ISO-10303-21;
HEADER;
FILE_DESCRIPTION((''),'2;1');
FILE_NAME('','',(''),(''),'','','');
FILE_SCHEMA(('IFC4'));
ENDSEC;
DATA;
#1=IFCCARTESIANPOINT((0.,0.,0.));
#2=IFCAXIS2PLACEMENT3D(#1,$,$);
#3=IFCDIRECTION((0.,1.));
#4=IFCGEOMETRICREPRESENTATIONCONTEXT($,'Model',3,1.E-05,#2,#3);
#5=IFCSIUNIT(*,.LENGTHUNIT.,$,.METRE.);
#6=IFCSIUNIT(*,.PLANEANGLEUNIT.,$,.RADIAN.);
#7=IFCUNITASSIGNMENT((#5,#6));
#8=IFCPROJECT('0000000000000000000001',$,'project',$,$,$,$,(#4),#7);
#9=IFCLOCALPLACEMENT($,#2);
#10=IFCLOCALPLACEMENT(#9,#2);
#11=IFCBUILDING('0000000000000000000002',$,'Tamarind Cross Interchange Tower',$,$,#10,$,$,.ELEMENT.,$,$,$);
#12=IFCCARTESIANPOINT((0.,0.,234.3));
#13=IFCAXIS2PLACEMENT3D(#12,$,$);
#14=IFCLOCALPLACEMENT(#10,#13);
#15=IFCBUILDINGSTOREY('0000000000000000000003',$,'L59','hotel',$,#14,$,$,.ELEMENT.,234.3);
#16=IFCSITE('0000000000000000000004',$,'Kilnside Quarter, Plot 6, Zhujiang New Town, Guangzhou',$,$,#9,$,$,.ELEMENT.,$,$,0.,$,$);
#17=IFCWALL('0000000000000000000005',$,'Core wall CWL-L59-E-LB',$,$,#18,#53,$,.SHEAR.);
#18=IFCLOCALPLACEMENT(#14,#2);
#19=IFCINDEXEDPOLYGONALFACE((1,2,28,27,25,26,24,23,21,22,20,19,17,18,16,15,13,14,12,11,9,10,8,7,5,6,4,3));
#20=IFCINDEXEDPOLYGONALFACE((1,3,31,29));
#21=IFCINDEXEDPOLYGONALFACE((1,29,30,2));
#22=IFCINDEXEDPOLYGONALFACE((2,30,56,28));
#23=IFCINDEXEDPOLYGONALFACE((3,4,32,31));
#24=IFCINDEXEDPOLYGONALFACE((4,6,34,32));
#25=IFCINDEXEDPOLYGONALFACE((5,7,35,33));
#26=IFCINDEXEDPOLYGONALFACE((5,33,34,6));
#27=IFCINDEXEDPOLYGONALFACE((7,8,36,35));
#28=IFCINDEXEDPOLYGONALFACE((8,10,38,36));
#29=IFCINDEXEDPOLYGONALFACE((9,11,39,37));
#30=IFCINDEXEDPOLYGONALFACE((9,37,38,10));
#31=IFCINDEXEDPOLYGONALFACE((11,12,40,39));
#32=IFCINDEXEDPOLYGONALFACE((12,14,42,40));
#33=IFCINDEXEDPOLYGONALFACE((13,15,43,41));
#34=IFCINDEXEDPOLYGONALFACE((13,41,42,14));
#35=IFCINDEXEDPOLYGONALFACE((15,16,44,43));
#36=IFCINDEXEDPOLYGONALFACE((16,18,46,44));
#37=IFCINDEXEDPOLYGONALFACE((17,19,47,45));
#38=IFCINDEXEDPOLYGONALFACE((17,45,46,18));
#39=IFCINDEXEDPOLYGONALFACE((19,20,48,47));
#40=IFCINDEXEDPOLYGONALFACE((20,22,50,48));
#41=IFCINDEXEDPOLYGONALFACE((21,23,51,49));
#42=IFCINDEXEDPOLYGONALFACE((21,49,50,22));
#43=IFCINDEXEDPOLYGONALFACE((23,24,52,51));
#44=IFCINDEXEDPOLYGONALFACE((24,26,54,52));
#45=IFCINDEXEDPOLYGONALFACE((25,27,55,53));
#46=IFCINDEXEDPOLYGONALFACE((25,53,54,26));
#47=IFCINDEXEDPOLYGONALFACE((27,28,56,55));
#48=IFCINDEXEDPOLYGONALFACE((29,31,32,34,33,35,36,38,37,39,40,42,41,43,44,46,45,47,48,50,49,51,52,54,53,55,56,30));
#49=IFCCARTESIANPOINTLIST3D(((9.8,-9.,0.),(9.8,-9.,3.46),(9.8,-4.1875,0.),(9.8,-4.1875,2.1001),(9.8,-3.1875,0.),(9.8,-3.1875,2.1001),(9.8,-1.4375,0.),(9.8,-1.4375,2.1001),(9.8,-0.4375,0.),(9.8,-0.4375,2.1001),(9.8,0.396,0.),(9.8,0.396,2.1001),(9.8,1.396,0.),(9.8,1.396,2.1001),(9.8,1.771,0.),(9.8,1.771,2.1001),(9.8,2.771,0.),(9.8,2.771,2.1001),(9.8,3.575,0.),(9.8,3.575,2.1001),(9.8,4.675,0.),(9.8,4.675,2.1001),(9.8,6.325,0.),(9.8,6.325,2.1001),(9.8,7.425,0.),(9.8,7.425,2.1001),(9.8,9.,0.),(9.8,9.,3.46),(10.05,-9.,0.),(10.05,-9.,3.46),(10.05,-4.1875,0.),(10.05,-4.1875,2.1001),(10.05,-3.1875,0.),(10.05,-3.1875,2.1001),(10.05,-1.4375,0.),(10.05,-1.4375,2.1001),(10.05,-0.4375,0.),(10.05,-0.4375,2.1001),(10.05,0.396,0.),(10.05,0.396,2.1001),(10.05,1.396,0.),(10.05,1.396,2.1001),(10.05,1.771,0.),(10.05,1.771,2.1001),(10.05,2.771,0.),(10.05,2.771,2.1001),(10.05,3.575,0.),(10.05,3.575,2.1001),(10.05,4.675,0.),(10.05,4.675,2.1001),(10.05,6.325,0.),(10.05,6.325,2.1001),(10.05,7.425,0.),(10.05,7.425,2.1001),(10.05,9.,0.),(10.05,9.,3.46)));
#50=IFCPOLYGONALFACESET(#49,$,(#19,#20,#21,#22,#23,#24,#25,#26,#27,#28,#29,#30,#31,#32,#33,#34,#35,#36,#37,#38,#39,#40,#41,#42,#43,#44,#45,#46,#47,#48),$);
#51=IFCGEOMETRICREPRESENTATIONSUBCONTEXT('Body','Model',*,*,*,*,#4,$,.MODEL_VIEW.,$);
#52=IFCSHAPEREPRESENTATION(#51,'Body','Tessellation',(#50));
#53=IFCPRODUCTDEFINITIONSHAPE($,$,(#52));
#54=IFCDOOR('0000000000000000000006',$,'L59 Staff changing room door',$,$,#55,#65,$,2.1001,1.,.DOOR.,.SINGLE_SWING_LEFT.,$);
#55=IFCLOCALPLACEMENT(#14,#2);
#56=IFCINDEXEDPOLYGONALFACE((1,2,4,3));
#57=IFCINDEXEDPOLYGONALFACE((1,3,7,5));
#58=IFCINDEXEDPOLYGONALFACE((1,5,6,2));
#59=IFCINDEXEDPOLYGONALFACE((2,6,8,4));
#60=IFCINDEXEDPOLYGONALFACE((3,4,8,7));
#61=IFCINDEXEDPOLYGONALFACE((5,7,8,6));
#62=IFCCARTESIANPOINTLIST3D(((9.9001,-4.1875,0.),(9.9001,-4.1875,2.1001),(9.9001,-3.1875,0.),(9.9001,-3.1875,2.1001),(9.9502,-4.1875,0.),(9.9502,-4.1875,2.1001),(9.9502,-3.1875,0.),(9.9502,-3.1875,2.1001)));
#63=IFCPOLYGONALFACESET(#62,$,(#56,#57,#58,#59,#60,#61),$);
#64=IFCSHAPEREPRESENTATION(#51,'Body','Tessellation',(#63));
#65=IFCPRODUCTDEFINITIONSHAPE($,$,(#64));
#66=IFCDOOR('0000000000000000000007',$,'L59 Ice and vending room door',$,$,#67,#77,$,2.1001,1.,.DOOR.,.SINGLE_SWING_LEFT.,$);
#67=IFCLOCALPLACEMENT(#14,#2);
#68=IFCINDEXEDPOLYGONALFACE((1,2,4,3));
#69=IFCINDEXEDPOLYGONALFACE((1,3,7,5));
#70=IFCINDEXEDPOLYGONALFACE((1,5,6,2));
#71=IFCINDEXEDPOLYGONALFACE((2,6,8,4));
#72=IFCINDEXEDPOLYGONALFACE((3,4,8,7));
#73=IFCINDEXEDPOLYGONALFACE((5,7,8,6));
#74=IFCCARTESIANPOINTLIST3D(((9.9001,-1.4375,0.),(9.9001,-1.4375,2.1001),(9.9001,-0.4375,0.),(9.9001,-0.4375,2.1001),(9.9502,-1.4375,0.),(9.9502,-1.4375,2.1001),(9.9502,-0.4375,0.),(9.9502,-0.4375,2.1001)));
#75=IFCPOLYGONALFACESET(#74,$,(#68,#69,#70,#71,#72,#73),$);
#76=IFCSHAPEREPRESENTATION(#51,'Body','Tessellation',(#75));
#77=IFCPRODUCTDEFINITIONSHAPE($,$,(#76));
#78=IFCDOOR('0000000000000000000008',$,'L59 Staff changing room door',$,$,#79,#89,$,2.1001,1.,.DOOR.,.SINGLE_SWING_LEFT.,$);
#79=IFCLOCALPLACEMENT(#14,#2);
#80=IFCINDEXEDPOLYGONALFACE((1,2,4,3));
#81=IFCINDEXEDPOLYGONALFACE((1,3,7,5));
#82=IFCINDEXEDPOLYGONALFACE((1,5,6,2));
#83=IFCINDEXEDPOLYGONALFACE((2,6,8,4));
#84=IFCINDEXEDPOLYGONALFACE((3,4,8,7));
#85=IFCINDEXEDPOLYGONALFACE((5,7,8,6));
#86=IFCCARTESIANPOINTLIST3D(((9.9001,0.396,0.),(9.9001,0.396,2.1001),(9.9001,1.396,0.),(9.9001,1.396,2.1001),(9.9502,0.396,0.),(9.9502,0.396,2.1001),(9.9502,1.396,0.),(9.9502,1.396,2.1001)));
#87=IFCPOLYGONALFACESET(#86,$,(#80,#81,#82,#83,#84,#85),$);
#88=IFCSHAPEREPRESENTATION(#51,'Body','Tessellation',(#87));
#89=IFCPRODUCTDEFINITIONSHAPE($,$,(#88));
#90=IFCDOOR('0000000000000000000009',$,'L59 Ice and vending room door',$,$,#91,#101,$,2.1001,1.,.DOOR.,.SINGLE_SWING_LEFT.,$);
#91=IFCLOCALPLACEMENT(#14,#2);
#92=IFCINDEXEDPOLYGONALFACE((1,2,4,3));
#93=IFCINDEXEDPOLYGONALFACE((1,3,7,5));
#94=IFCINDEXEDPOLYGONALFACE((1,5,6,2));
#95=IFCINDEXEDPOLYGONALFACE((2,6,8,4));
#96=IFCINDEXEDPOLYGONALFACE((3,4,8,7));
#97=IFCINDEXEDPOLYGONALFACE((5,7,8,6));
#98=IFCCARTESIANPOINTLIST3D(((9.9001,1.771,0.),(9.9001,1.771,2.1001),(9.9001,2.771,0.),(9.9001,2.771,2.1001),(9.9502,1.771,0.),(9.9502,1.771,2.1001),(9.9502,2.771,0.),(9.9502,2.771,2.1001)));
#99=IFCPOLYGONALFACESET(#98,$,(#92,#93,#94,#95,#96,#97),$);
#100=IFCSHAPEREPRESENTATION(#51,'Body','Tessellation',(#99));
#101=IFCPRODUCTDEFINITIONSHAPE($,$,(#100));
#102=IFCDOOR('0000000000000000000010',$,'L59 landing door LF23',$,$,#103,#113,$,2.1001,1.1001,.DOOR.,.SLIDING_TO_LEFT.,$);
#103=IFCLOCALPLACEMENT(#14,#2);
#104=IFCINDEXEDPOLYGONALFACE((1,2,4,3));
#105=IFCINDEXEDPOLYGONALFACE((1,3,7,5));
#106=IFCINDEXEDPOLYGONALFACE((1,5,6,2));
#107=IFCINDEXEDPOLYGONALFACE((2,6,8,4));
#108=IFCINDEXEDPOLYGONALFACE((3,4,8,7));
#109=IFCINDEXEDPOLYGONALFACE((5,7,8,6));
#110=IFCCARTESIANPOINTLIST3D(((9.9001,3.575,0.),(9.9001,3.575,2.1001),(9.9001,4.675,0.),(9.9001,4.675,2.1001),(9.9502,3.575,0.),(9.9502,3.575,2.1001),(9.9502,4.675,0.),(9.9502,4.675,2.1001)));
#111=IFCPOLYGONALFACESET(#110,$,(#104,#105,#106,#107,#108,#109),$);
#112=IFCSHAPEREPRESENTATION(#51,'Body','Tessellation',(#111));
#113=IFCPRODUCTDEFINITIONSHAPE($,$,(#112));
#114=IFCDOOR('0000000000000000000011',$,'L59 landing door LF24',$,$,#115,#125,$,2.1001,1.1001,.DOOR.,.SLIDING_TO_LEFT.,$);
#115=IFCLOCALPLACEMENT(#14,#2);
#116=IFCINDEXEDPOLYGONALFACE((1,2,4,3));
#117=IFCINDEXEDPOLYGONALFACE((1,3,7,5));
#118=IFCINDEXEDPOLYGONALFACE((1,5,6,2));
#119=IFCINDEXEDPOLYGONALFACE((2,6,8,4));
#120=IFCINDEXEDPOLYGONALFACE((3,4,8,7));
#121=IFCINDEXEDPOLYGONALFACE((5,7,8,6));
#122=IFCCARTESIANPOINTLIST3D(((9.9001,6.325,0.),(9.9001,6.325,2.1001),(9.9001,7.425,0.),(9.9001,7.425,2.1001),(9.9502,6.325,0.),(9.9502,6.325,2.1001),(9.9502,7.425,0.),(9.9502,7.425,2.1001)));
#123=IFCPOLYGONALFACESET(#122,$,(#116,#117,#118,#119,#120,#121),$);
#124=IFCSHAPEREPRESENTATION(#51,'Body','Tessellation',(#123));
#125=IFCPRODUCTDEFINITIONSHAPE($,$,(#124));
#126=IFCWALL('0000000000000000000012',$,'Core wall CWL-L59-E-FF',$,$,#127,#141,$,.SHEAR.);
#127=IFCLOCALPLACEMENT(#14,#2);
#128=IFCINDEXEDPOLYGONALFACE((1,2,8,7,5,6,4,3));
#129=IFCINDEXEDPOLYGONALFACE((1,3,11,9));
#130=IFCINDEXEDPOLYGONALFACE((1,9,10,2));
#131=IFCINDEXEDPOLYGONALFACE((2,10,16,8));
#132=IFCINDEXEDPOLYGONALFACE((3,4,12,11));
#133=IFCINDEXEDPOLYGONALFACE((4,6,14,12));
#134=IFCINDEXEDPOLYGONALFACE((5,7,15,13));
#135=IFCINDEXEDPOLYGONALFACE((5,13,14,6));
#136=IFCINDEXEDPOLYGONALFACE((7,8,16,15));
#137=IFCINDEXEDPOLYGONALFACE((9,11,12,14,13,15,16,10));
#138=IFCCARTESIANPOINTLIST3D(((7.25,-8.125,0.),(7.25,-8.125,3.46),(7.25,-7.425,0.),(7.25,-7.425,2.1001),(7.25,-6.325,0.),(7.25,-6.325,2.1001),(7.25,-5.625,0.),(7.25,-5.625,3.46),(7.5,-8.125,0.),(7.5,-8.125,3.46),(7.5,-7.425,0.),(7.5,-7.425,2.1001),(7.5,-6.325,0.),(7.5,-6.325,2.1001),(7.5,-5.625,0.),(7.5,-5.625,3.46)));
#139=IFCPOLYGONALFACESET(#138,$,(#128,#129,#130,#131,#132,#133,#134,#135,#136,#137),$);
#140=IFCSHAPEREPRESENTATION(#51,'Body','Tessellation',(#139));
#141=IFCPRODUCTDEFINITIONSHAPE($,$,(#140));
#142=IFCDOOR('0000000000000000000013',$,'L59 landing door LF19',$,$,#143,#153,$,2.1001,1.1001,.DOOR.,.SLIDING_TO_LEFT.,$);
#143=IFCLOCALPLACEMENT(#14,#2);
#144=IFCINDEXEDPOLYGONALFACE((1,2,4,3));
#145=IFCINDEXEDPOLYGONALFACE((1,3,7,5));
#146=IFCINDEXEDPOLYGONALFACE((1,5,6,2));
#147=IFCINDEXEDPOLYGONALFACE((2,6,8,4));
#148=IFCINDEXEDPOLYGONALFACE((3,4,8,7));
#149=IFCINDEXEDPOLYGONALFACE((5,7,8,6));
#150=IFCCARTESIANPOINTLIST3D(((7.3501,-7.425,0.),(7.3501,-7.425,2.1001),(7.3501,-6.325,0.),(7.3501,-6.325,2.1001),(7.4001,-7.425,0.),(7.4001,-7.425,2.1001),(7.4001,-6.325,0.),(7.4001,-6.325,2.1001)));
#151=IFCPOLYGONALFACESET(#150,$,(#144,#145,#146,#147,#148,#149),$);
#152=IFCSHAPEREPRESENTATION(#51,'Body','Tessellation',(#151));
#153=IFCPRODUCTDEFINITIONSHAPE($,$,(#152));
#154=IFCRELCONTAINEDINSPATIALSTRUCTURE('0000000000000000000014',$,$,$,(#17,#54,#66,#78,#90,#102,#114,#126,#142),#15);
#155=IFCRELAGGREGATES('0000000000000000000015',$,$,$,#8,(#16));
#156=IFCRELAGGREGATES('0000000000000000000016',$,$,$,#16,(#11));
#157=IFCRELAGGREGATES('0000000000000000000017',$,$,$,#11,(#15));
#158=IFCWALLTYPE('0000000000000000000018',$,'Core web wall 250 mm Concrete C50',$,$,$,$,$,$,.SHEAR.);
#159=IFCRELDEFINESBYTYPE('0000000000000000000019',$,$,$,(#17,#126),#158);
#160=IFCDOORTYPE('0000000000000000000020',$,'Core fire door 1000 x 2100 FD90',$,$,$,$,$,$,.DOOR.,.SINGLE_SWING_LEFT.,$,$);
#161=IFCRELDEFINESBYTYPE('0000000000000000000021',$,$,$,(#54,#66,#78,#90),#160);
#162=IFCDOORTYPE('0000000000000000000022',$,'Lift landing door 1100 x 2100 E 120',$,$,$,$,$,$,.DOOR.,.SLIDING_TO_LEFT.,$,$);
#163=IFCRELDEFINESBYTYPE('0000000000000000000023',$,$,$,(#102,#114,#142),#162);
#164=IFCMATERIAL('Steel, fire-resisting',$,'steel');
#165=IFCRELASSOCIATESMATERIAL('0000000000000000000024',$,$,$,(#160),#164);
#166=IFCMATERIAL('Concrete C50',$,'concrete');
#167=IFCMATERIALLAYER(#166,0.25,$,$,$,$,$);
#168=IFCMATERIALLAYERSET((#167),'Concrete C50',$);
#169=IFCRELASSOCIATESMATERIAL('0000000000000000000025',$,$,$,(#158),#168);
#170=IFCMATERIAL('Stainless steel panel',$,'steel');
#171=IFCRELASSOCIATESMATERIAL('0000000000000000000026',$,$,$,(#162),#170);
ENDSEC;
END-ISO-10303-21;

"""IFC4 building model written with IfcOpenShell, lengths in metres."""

from ifc_helpers import new_model, si_unit, direction, frame, frame_2d, origin, place, context, subcontext, project, spatial, rectangle, extrude, material, layer, layer_set, type_object, element, fill, save


model = new_model("IFC4")

# Units and contexts
model_context = context("Model", 3, precision=1e-05, world=origin(), true_north=direction((0.0, 1.0)))
body_context = subcontext(model_context, "Body", "Model", "MODEL_VIEW")
ifc_project = project(units=[si_unit("LENGTHUNIT", "METRE"), si_unit("PLANEANGLEUNIT", "RADIAN")], contexts=[model_context])

# Site, building, storey
site_placement = place(None, origin())
site = spatial("IfcSite", under=ifc_project, at=site_placement, Name="Kilnside Quarter, Plot 6, Zhujiang New Town, Guangzhou", CompositionType="ELEMENT", RefElevation=0.0)
building_placement = place(site_placement, origin())
building = spatial("IfcBuilding", under=site, at=building_placement, Name="Tamarind Cross Interchange Tower", CompositionType="ELEMENT")
storey_placement = place(building_placement, frame((0.0, 0.0, 234.3)))
storey = spatial("IfcBuildingStorey", under=building, at=storey_placement, Name="L59", Description="hotel", CompositionType="ELEMENT", Elevation=234.3)

# Shared definitions
ifc_material_1 = material(Name="Concrete C50", Category="concrete")
ifc_material_2 = material(Name="Steel, fire-resisting", Category="steel")
door_type_1 = type_object("IfcDoorType", Name="Core fire door 1000 x 2100 FD90", OperationType="SINGLE_SWING_LEFT", PredefinedType="DOOR", material=ifc_material_2)

# Shared definitions
ifc_layer_1 = layer(ifc_material_1, 0.25)
ifc_layer_set_1 = layer_set([ifc_layer_1], Name="Concrete C50")
wall_type_1 = type_object("IfcWallType", Name="Core web wall 250 mm Concrete C50", PredefinedType="SHEAR", material=ifc_layer_set_1)

# Wall, openings, doors
wall_1_placement = place(storey_placement, frame((9.925, -9.0, 0.0), z_axis=(0.0, 0.0, 1.0), x_axis=(0.0, 1.0, 0.0)))
wall_1 = element("IfcWall", 1, at=wall_1_placement, inside=storey, type_object=wall_type_1, Name="Core wall CWL-L59-E-LB", PredefinedType="SHEAR", context=body_context, shape_type="SweptSolid", body=[
    extrude(rectangle(XDim=18.0, YDim=0.25, at=frame_2d((9.0, 0.0))), origin(), (0.0, 0.0, 1.0), 3.46),
])
opening_1_placement = place(wall_1_placement, frame((12.575, 0.0, 0.0)))
opening_1 = element("IfcOpeningElement", 2, at=opening_1_placement, cuts=wall_1, PredefinedType="OPENING", context=body_context, shape_type="SweptSolid", body=[
    extrude(rectangle(XDim=1.1001, YDim=2.1001, at=frame_2d((0.55, 1.05))), frame((0.0, 0.135, 0.0), z_axis=(0.0, -1.0, 0.0), x_axis=(1.0, 0.0, 0.0)), (0.0, 0.0, 1.0), 0.27),
])
opening_2_placement = place(wall_1_placement, frame((15.325, 0.0, 0.0)))
opening_2 = element("IfcOpeningElement", 3, at=opening_2_placement, cuts=wall_1, PredefinedType="OPENING", context=body_context, shape_type="SweptSolid", body=[
    extrude(rectangle(XDim=1.1001, YDim=2.1001, at=frame_2d((0.55, 1.05))), frame((0.0, 0.135, 0.0), z_axis=(0.0, -1.0, 0.0), x_axis=(1.0, 0.0, 0.0)), (0.0, 0.0, 1.0), 0.27),
])
opening_3_placement = place(wall_1_placement, frame((4.8125, 0.0, 0.0)))
opening_3 = element("IfcOpeningElement", 4, at=opening_3_placement, cuts=wall_1, PredefinedType="OPENING", context=body_context, shape_type="SweptSolid", body=[
    extrude(rectangle(XDim=1.0, YDim=2.1001, at=frame_2d((0.5, 1.05))), frame((0.0, 0.135, 0.0), z_axis=(0.0, -1.0, 0.0), x_axis=(1.0, 0.0, 0.0)), (0.0, 0.0, 1.0), 0.27),
])
opening_4_placement = place(wall_1_placement, frame((7.5625, 0.0, 0.0)))
opening_4 = element("IfcOpeningElement", 5, at=opening_4_placement, cuts=wall_1, PredefinedType="OPENING", context=body_context, shape_type="SweptSolid", body=[
    extrude(rectangle(XDim=1.0, YDim=2.1001, at=frame_2d((0.5, 1.05))), frame((0.0, 0.135, 0.0), z_axis=(0.0, -1.0, 0.0), x_axis=(1.0, 0.0, 0.0)), (0.0, 0.0, 1.0), 0.27),
])
opening_5_placement = place(wall_1_placement, frame((9.396, 0.0, 0.0)))
opening_5 = element("IfcOpeningElement", 6, at=opening_5_placement, cuts=wall_1, PredefinedType="OPENING", context=body_context, shape_type="SweptSolid", body=[
    extrude(rectangle(XDim=1.0, YDim=2.1001, at=frame_2d((0.5, 1.05))), frame((0.0, 0.135, 0.0), z_axis=(0.0, -1.0, 0.0), x_axis=(1.0, 0.0, 0.0)), (0.0, 0.0, 1.0), 0.27),
])
opening_6_placement = place(wall_1_placement, frame((10.771, 0.0, 0.0)))
opening_6 = element("IfcOpeningElement", 7, at=opening_6_placement, cuts=wall_1, PredefinedType="OPENING", context=body_context, shape_type="SweptSolid", body=[
    extrude(rectangle(XDim=1.0, YDim=2.1001, at=frame_2d((0.5, 1.05))), frame((0.0, 0.135, 0.0), z_axis=(0.0, -1.0, 0.0), x_axis=(1.0, 0.0, 0.0)), (0.0, 0.0, 1.0), 0.27),
])
door_1_placement = place(opening_3_placement, origin())
door_1 = element("IfcDoor", 8, at=door_1_placement, inside=storey, type_object=door_type_1, Name="L59 Staff changing room door", OperationType="SINGLE_SWING_LEFT", OverallHeight=2.1001, OverallWidth=1.0, PredefinedType="DOOR", context=body_context, shape_type="SweptSolid", body=[
    extrude(rectangle(XDim=1.0, YDim=2.1001, at=frame_2d((0.5, 1.05))), frame((0.0, 0.0249, 0.0), z_axis=(0.0, -1.0, 0.0), x_axis=(1.0, 0.0, 0.0)), (0.0, 0.0, 1.0), 0.05),
])
fill(opening_3, door_1)
door_2_placement = place(opening_4_placement, origin())
door_2 = element("IfcDoor", 9, at=door_2_placement, inside=storey, type_object=door_type_1, Name="L59 Ice and vending room door", OperationType="SINGLE_SWING_LEFT", OverallHeight=2.1001, OverallWidth=1.0, PredefinedType="DOOR", context=body_context, shape_type="SweptSolid", body=[
    extrude(rectangle(XDim=1.0, YDim=2.1001, at=frame_2d((0.5, 1.05))), frame((0.0, 0.0249, 0.0), z_axis=(0.0, -1.0, 0.0), x_axis=(1.0, 0.0, 0.0)), (0.0, 0.0, 1.0), 0.05),
])
fill(opening_4, door_2)
door_3_placement = place(opening_5_placement, origin())
door_3 = element("IfcDoor", 10, at=door_3_placement, inside=storey, type_object=door_type_1, Name="L59 Staff changing room door", OperationType="SINGLE_SWING_LEFT", OverallHeight=2.1001, OverallWidth=1.0, PredefinedType="DOOR", context=body_context, shape_type="SweptSolid", body=[
    extrude(rectangle(XDim=1.0, YDim=2.1001, at=frame_2d((0.5, 1.05))), frame((0.0, 0.0249, 0.0), z_axis=(0.0, -1.0, 0.0), x_axis=(1.0, 0.0, 0.0)), (0.0, 0.0, 1.0), 0.05),
])
fill(opening_5, door_3)
door_4_placement = place(opening_6_placement, origin())
door_4 = element("IfcDoor", 11, at=door_4_placement, inside=storey, type_object=door_type_1, Name="L59 Ice and vending room door", OperationType="SINGLE_SWING_LEFT", OverallHeight=2.1001, OverallWidth=1.0, PredefinedType="DOOR", context=body_context, shape_type="SweptSolid", body=[
    extrude(rectangle(XDim=1.0, YDim=2.1001, at=frame_2d((0.5, 1.05))), frame((0.0, 0.0249, 0.0), z_axis=(0.0, -1.0, 0.0), x_axis=(1.0, 0.0, 0.0)), (0.0, 0.0, 1.0), 0.05),
])
fill(opening_6, door_4)
ifc_material_3 = material(Name="Stainless steel panel", Category="steel")
door_type_2 = type_object("IfcDoorType", Name="Lift landing door 1100 x 2100 E 120", OperationType="SLIDING_TO_LEFT", PredefinedType="DOOR", material=ifc_material_3)
door_5_placement = place(opening_1_placement, origin())
door_5 = element("IfcDoor", 12, at=door_5_placement, inside=storey, type_object=door_type_2, Name="L59 landing door LF23", OperationType="SLIDING_TO_LEFT", OverallHeight=2.1001, OverallWidth=1.1001, PredefinedType="DOOR", context=body_context, shape_type="SweptSolid", body=[
    extrude(rectangle(XDim=1.1001, YDim=2.1001, at=frame_2d((0.55, 1.05))), frame((0.0, 0.0249, 0.0), z_axis=(0.0, -1.0, 0.0), x_axis=(1.0, 0.0, 0.0)), (0.0, 0.0, 1.0), 0.05),
])
fill(opening_1, door_5)
door_6_placement = place(opening_2_placement, origin())
door_6 = element("IfcDoor", 13, at=door_6_placement, inside=storey, type_object=door_type_2, Name="L59 landing door LF24", OperationType="SLIDING_TO_LEFT", OverallHeight=2.1001, OverallWidth=1.1001, PredefinedType="DOOR", context=body_context, shape_type="SweptSolid", body=[
    extrude(rectangle(XDim=1.1001, YDim=2.1001, at=frame_2d((0.55, 1.05))), frame((0.0, 0.0249, 0.0), z_axis=(0.0, -1.0, 0.0), x_axis=(1.0, 0.0, 0.0)), (0.0, 0.0, 1.0), 0.05),
])
fill(opening_2, door_6)

# Wall, opening, door
wall_2_placement = place(storey_placement, frame((7.375, -8.125, 0.0), z_axis=(0.0, 0.0, 1.0), x_axis=(0.0, 1.0, 0.0)))
wall_2 = element("IfcWall", 14, at=wall_2_placement, inside=storey, type_object=wall_type_1, Name="Core wall CWL-L59-E-FF", PredefinedType="SHEAR", context=body_context, shape_type="SweptSolid", body=[
    extrude(rectangle(XDim=2.5, YDim=0.25, at=frame_2d((1.25, 0.0))), origin(), (0.0, 0.0, 1.0), 3.46),
])
opening_7_placement = place(wall_2_placement, frame((0.7, 0.0, 0.0)))
opening_7 = element("IfcOpeningElement", 15, at=opening_7_placement, cuts=wall_2, PredefinedType="OPENING", context=body_context, shape_type="SweptSolid", body=[
    extrude(rectangle(XDim=1.1001, YDim=2.1001, at=frame_2d((0.55, 1.05))), frame((0.0, 0.135, 0.0), z_axis=(0.0, -1.0, 0.0), x_axis=(1.0, 0.0, 0.0)), (0.0, 0.0, 1.0), 0.27),
])
door_7_placement = place(opening_7_placement, origin())
door_7 = element("IfcDoor", 16, at=door_7_placement, inside=storey, type_object=door_type_2, Name="L59 landing door LF19", OperationType="SLIDING_TO_LEFT", OverallHeight=2.1001, OverallWidth=1.1001, PredefinedType="DOOR", context=body_context, shape_type="SweptSolid", body=[
    extrude(rectangle(XDim=1.1001, YDim=2.1001, at=frame_2d((0.55, 1.05))), frame((0.0, 0.0249, 0.0), z_axis=(0.0, -1.0, 0.0), x_axis=(1.0, 0.0, 0.0)), (0.0, 0.0, 1.0), 0.05),
])
fill(opening_7, door_7)

save(model, "model.ifc")
